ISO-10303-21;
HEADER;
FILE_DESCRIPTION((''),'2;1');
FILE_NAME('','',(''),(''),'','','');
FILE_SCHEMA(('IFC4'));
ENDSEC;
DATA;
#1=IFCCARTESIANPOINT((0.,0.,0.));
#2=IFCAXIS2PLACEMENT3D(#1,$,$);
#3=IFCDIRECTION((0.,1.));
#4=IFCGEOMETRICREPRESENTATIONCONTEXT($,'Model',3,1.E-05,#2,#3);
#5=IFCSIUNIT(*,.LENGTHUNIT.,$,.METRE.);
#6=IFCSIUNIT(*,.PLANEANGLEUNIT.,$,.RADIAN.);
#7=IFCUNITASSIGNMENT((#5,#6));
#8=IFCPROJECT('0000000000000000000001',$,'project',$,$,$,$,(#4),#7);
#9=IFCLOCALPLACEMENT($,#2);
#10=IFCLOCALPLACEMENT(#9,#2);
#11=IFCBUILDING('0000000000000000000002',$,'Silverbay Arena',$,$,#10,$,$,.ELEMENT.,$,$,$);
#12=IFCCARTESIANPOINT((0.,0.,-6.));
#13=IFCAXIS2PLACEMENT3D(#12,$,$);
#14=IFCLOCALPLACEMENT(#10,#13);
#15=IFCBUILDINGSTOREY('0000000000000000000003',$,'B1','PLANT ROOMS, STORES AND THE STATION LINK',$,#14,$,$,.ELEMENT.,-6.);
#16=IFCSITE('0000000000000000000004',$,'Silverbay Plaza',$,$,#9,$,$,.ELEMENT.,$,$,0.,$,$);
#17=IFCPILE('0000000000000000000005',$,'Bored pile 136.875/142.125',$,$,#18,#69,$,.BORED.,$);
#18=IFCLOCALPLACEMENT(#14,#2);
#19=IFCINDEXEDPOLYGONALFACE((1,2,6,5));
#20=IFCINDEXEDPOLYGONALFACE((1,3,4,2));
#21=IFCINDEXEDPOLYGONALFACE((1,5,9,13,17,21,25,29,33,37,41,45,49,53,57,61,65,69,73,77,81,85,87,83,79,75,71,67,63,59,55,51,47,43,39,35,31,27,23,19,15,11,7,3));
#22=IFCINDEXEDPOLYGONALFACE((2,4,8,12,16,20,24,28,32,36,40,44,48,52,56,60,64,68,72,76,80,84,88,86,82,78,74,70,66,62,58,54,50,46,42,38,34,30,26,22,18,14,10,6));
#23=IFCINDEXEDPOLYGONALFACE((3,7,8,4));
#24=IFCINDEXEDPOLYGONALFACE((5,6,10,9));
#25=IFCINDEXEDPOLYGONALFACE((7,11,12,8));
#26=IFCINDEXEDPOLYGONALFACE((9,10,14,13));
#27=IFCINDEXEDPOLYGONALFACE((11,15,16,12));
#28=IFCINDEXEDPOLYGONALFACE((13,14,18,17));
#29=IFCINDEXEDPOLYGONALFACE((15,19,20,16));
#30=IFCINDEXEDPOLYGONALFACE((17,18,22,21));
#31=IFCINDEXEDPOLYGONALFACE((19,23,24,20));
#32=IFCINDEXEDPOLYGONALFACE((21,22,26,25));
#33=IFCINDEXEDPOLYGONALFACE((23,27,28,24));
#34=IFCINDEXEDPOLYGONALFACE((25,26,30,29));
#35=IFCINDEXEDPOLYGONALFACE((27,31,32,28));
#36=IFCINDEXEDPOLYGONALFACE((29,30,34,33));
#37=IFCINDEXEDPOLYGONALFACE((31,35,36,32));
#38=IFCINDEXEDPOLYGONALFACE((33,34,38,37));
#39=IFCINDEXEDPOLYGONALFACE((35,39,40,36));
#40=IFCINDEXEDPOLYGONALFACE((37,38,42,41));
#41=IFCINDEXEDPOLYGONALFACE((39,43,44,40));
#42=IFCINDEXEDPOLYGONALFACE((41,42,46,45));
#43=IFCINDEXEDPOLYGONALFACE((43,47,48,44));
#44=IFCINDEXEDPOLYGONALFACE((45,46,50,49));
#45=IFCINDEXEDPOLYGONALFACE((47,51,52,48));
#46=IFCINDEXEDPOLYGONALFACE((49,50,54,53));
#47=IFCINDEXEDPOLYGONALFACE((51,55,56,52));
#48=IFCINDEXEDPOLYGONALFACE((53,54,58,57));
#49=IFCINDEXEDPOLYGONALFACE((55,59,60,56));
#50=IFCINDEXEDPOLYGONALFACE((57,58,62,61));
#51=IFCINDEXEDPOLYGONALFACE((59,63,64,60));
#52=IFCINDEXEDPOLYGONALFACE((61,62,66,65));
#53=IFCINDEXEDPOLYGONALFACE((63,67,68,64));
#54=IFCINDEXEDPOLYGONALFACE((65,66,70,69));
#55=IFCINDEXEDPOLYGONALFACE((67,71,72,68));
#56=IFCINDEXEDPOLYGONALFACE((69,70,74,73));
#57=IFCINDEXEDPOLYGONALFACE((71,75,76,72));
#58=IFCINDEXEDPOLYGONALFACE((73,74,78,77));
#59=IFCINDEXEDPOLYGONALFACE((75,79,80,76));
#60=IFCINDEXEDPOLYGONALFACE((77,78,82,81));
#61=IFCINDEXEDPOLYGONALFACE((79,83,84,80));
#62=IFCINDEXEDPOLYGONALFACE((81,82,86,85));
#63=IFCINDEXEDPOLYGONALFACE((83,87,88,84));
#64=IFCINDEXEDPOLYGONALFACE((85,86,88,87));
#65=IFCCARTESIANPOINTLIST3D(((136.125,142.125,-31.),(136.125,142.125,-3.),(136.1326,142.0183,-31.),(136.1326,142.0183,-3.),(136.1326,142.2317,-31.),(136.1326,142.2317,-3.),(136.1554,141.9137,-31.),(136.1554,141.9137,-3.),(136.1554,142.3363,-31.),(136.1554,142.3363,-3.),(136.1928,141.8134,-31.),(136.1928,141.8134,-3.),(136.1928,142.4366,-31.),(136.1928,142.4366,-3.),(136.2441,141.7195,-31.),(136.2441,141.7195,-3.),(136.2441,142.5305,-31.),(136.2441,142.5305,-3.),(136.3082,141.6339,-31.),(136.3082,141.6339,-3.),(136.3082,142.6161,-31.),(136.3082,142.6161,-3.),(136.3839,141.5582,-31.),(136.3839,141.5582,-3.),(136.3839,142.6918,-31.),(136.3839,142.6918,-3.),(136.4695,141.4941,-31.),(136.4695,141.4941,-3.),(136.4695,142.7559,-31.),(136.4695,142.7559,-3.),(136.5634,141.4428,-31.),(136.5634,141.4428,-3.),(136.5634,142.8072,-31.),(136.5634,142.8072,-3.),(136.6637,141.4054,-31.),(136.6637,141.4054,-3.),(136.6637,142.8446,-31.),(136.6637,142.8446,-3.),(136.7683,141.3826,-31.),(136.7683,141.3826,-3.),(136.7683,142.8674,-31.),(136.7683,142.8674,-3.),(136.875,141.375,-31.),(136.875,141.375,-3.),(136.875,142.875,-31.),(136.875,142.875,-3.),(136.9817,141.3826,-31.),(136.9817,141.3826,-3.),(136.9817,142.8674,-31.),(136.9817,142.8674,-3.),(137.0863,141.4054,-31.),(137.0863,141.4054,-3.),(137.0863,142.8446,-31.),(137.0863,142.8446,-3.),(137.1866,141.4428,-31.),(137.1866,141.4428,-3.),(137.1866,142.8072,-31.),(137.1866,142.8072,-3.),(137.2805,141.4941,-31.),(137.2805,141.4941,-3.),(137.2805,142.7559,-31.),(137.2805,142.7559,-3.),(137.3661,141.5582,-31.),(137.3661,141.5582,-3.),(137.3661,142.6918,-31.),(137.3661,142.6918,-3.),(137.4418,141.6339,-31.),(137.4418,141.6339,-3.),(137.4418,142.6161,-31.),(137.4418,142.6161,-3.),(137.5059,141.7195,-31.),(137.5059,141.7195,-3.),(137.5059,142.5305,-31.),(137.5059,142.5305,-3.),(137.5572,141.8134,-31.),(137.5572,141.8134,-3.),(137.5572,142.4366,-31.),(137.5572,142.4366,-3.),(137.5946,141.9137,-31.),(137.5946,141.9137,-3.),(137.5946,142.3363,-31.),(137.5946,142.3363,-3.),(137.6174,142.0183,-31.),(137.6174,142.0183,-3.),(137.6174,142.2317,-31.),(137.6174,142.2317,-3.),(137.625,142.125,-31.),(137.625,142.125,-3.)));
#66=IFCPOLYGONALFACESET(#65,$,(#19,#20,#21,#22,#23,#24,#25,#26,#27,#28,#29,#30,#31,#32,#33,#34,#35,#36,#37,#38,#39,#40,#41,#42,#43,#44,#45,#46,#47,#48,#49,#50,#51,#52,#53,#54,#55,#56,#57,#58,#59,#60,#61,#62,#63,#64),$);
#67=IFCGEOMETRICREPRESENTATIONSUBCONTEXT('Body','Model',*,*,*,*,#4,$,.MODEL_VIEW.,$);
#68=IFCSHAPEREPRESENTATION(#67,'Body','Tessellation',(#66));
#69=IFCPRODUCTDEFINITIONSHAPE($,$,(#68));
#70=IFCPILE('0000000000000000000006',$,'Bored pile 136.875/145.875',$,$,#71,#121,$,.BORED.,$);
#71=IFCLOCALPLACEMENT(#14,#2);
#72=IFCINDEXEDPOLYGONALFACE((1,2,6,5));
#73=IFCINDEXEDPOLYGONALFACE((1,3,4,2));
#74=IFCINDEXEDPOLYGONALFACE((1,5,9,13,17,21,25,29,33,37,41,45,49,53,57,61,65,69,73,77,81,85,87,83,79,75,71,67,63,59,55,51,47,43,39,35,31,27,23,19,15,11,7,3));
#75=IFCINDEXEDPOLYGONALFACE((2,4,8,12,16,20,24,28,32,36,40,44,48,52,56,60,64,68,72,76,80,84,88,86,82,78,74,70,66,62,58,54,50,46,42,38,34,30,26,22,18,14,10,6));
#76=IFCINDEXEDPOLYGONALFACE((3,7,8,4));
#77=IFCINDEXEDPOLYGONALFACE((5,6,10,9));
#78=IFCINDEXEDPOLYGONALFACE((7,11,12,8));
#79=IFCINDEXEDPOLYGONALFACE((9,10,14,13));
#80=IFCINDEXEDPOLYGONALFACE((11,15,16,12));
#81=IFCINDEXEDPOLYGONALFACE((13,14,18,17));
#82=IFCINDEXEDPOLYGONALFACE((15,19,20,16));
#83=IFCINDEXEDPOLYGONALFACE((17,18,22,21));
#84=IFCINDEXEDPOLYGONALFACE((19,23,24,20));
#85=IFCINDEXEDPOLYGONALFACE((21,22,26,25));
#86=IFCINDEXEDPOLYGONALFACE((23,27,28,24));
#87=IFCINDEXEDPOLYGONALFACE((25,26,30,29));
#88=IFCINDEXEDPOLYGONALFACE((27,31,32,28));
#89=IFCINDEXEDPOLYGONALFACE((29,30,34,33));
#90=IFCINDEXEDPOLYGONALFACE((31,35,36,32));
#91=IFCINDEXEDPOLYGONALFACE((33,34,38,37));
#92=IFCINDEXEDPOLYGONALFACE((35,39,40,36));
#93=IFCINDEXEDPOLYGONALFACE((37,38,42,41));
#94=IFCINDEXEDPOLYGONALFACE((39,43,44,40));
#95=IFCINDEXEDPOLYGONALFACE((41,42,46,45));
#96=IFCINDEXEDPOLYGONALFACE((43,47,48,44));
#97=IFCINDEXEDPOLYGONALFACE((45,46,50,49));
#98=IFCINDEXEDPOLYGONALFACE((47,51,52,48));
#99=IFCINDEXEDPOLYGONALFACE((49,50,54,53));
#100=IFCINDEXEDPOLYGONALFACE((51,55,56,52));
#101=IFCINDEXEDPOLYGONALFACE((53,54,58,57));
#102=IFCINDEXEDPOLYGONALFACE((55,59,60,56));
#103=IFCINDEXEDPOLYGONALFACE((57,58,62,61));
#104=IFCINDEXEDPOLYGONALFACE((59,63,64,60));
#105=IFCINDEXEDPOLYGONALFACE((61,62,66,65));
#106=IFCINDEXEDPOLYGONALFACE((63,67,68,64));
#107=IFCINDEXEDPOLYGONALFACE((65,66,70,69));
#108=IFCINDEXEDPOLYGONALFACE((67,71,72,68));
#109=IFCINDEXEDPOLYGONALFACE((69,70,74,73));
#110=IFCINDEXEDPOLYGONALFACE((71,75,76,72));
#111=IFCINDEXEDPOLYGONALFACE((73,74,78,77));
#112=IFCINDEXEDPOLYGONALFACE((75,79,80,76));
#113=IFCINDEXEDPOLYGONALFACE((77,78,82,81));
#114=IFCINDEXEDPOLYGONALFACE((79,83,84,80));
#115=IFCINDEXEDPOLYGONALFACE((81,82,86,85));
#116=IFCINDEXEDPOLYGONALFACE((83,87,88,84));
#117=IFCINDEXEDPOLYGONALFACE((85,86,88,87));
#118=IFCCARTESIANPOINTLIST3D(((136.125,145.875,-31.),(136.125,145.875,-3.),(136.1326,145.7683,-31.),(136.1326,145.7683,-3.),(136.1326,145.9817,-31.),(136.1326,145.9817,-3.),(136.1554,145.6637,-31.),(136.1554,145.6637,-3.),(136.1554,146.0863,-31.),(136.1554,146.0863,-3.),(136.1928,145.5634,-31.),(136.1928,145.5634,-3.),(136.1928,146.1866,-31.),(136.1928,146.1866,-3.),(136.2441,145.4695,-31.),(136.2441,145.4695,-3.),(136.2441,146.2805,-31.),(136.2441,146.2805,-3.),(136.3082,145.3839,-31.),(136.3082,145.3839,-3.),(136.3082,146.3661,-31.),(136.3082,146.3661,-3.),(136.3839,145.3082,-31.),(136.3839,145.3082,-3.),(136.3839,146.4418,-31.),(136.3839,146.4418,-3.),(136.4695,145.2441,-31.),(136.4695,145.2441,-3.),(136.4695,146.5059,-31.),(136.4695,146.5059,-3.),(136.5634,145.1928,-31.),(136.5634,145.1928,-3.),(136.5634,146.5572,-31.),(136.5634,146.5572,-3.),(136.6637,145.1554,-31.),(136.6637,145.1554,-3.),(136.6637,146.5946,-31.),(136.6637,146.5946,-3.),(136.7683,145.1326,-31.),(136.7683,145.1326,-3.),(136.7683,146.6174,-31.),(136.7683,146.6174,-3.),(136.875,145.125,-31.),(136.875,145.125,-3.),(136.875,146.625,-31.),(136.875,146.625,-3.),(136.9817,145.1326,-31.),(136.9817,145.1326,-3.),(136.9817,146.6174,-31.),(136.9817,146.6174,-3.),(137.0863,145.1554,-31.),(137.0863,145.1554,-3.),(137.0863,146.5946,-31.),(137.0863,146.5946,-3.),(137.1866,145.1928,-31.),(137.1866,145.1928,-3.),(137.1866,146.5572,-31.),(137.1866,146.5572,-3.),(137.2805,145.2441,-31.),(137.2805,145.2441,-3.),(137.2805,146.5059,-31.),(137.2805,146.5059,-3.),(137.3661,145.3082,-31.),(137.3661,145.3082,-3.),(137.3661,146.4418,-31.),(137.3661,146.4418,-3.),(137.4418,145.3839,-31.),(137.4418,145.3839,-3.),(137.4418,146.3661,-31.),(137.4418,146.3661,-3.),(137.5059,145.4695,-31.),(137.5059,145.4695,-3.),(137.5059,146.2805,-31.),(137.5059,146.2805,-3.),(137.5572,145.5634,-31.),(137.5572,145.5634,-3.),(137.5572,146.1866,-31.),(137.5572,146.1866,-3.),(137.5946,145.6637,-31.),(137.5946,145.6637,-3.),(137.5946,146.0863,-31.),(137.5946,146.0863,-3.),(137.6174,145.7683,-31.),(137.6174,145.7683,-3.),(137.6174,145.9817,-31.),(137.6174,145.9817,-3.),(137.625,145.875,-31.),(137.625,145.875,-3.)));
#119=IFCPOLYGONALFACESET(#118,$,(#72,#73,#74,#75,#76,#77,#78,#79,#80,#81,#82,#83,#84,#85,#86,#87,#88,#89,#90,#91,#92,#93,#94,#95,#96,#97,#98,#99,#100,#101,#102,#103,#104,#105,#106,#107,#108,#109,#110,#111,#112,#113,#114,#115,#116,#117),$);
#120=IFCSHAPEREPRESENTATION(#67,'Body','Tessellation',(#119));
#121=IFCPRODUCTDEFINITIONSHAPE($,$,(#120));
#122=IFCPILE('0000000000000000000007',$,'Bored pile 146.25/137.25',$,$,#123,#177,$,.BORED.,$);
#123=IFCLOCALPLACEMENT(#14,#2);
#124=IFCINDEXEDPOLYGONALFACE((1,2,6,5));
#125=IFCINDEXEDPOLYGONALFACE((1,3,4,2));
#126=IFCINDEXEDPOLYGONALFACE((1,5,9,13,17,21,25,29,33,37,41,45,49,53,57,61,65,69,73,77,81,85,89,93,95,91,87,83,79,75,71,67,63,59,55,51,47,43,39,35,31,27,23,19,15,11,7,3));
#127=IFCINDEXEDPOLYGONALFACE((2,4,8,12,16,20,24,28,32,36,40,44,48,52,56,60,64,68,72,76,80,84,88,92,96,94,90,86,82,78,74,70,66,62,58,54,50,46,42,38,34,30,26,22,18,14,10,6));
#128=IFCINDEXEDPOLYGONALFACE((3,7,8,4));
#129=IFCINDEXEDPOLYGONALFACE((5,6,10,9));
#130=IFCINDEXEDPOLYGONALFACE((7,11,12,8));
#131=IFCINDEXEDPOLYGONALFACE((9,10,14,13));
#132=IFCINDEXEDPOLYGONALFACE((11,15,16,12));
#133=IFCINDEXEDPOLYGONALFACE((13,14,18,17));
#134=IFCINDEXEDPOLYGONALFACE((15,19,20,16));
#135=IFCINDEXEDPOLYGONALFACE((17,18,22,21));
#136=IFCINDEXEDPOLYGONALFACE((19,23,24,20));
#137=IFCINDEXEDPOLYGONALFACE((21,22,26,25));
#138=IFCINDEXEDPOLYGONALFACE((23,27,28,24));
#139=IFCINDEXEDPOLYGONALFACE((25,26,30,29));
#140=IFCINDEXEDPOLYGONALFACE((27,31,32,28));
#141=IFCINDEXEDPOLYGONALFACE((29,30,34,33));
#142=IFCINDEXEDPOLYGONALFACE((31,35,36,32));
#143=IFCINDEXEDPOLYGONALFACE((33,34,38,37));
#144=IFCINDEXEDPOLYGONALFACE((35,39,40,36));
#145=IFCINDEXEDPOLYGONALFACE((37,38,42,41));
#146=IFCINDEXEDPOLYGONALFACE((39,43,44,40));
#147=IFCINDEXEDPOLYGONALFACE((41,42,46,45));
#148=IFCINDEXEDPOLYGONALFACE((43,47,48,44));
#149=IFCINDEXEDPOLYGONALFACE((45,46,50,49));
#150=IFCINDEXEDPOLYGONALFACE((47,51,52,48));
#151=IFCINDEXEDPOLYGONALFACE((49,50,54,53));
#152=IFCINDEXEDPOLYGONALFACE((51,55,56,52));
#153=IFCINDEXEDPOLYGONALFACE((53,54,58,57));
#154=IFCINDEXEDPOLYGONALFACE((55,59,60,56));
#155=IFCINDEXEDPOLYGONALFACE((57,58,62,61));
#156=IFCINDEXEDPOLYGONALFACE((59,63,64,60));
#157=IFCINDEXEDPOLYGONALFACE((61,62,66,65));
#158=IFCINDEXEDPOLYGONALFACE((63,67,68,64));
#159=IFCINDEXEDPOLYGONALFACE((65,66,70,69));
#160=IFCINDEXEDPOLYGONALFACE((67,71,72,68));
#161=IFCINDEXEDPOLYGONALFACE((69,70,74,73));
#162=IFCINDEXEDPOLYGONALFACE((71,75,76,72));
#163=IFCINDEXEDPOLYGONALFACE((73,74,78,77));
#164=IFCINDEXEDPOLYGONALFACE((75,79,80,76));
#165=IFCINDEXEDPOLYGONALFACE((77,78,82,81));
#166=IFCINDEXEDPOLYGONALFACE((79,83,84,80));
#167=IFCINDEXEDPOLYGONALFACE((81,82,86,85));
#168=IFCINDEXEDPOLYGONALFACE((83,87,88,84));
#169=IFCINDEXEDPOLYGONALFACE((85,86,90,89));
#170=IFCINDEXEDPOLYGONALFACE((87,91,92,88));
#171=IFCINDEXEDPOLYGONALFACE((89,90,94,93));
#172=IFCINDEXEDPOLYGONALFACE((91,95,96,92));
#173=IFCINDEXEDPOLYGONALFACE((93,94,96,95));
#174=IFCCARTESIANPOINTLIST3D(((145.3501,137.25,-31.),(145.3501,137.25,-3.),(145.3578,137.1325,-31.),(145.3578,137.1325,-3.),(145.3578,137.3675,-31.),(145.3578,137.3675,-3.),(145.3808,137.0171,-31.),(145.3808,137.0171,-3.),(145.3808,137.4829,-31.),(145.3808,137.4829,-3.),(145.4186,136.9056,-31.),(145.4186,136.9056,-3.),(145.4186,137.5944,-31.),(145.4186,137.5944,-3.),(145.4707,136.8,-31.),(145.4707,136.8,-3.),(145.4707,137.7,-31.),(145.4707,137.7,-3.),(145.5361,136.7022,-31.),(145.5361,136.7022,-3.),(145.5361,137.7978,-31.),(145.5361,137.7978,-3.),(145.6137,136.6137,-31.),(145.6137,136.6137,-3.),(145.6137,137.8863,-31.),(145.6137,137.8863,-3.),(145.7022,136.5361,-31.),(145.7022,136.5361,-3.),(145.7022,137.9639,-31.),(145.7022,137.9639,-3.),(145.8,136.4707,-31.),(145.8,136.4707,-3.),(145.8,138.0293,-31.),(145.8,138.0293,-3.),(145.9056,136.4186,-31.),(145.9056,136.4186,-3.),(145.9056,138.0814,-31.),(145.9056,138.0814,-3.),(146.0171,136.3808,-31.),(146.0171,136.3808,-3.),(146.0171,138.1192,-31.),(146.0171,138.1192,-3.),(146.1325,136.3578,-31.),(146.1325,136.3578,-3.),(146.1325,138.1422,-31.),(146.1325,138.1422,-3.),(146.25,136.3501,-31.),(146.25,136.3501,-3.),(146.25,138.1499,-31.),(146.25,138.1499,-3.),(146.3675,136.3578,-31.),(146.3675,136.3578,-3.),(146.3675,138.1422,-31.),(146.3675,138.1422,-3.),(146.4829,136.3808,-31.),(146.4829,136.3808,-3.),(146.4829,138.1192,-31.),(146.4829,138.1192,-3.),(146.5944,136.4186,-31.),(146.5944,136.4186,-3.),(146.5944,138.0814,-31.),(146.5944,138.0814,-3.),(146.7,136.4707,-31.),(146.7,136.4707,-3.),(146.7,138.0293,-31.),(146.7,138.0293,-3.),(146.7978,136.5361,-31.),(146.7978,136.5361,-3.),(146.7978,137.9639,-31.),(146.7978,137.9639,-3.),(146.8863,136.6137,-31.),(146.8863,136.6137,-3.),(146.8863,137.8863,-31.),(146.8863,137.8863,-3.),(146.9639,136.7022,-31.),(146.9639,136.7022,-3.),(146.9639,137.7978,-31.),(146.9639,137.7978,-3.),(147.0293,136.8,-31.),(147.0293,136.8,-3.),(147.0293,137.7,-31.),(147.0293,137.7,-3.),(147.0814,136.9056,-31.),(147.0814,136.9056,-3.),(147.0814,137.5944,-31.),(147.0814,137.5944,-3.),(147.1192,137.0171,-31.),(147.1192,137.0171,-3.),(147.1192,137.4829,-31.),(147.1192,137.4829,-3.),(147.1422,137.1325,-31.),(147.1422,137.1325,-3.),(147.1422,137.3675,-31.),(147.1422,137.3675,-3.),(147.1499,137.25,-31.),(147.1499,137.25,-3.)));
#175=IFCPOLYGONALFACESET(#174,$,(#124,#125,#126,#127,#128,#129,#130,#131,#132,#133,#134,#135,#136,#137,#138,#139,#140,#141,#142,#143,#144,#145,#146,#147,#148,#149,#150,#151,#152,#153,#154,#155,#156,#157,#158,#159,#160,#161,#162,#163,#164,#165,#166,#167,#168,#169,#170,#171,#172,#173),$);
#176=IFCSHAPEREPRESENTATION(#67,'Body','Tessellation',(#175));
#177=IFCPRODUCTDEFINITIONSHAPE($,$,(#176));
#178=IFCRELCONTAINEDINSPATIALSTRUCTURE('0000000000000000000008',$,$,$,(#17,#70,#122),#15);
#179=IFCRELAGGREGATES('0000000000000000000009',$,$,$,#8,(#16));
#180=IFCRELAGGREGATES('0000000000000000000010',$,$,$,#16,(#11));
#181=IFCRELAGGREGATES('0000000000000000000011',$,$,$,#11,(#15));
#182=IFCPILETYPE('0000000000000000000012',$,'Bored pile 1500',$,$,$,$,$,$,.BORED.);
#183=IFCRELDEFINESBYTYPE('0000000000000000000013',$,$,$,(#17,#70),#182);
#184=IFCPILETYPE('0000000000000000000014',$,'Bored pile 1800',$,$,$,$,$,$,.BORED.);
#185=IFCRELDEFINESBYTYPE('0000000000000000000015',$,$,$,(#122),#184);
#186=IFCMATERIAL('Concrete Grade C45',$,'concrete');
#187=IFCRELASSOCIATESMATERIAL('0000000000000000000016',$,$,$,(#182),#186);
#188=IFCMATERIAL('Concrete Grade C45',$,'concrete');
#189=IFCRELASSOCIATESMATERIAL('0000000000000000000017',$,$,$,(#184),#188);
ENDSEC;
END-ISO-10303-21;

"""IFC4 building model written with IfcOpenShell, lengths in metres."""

from ifc_helpers import new_model, si_unit, direction, frame, origin, origin_2d, place, context, subcontext, project, spatial, circle, extrude, material, material_profile, profile_set, type_object, element, save


model = new_model("IFC4")

# Units and contexts
model_context = context("Model", 3, precision=1e-05, world=origin(), true_north=direction((0.0, 1.0)))
body_context = subcontext(model_context, "Body", "Model", "MODEL_VIEW")
ifc_project = project(units=[si_unit("LENGTHUNIT", "METRE"), si_unit("PLANEANGLEUNIT", "RADIAN")], contexts=[model_context])

# Site, building, storey
site_placement = place(None, origin())
site = spatial("IfcSite", under=ifc_project, at=site_placement, Name="Silverbay Plaza", CompositionType="ELEMENT", RefElevation=0.0)
building_placement = place(site_placement, origin())
building = spatial("IfcBuilding", under=site, at=building_placement, Name="Silverbay Arena", CompositionType="ELEMENT")
storey_placement = place(building_placement, frame((0.0, 0.0, -6.0)))
storey = spatial("IfcBuildingStorey", under=building, at=storey_placement, Name="B1", Description="PLANT ROOMS, STORES AND THE STATION LINK", CompositionType="ELEMENT", Elevation=-6.0)

# Piles
ifc_material_1 = material(Name="Concrete Grade C45", Category="concrete")
ifc_material_profile_1 = material_profile(ifc_material_1, circle(Radius=0.75, at=origin_2d()), Name="Bored pile 1500")
ifc_profile_set_1 = profile_set([ifc_material_profile_1], Name="Concrete Grade C45")
pile_type_1 = type_object("IfcPileType", Name="Bored pile 1500", PredefinedType="BORED", material=ifc_profile_set_1)
for number, where, z_axis, x_axis, name in (
    (1, (136.875, 142.125, -3.0), (0.0, 0.0, -1.0), (1.0, 0.0, 0.0), "Bored pile 136.875/142.125"),
    (2, (136.875, 145.875, -3.0), (0.0, 0.0, -1.0), (1.0, 0.0, 0.0), "Bored pile 136.875/145.875"),
):
    element("IfcPile", number, at=place(storey_placement, frame(where, z_axis=z_axis, x_axis=x_axis)), inside=storey, type_object=pile_type_1, Name=name, PredefinedType="BORED", context=body_context, shape_type="SweptSolid", body=[
        extrude(circle(Radius=0.75, at=origin_2d()), origin(), (0.0, 0.0, 1.0), 28.0),
    ])
ifc_material_2 = material(Name="Concrete Grade C45", Category="concrete")
ifc_material_profile_2 = material_profile(ifc_material_2, circle(Radius=0.8999, at=origin_2d()), Name="Bored pile 1800")
ifc_profile_set_2 = profile_set([ifc_material_profile_2], Name="Concrete Grade C45")
pile_type_2 = type_object("IfcPileType", Name="Bored pile 1800", PredefinedType="BORED", material=ifc_profile_set_2)
for number, where, z_axis, x_axis, name in (
    (3, (146.25, 137.25, -3.0), (0.0, 0.0, -1.0), (1.0, 0.0, 0.0), "Bored pile 146.25/137.25"),
):
    element("IfcPile", number, at=place(storey_placement, frame(where, z_axis=z_axis, x_axis=x_axis)), inside=storey, type_object=pile_type_2, Name=name, PredefinedType="BORED", context=body_context, shape_type="SweptSolid", body=[
        extrude(circle(Radius=0.8999, at=origin_2d()), origin(), (0.0, 0.0, 1.0), 28.0),
    ])

save(model, "model.ifc")
